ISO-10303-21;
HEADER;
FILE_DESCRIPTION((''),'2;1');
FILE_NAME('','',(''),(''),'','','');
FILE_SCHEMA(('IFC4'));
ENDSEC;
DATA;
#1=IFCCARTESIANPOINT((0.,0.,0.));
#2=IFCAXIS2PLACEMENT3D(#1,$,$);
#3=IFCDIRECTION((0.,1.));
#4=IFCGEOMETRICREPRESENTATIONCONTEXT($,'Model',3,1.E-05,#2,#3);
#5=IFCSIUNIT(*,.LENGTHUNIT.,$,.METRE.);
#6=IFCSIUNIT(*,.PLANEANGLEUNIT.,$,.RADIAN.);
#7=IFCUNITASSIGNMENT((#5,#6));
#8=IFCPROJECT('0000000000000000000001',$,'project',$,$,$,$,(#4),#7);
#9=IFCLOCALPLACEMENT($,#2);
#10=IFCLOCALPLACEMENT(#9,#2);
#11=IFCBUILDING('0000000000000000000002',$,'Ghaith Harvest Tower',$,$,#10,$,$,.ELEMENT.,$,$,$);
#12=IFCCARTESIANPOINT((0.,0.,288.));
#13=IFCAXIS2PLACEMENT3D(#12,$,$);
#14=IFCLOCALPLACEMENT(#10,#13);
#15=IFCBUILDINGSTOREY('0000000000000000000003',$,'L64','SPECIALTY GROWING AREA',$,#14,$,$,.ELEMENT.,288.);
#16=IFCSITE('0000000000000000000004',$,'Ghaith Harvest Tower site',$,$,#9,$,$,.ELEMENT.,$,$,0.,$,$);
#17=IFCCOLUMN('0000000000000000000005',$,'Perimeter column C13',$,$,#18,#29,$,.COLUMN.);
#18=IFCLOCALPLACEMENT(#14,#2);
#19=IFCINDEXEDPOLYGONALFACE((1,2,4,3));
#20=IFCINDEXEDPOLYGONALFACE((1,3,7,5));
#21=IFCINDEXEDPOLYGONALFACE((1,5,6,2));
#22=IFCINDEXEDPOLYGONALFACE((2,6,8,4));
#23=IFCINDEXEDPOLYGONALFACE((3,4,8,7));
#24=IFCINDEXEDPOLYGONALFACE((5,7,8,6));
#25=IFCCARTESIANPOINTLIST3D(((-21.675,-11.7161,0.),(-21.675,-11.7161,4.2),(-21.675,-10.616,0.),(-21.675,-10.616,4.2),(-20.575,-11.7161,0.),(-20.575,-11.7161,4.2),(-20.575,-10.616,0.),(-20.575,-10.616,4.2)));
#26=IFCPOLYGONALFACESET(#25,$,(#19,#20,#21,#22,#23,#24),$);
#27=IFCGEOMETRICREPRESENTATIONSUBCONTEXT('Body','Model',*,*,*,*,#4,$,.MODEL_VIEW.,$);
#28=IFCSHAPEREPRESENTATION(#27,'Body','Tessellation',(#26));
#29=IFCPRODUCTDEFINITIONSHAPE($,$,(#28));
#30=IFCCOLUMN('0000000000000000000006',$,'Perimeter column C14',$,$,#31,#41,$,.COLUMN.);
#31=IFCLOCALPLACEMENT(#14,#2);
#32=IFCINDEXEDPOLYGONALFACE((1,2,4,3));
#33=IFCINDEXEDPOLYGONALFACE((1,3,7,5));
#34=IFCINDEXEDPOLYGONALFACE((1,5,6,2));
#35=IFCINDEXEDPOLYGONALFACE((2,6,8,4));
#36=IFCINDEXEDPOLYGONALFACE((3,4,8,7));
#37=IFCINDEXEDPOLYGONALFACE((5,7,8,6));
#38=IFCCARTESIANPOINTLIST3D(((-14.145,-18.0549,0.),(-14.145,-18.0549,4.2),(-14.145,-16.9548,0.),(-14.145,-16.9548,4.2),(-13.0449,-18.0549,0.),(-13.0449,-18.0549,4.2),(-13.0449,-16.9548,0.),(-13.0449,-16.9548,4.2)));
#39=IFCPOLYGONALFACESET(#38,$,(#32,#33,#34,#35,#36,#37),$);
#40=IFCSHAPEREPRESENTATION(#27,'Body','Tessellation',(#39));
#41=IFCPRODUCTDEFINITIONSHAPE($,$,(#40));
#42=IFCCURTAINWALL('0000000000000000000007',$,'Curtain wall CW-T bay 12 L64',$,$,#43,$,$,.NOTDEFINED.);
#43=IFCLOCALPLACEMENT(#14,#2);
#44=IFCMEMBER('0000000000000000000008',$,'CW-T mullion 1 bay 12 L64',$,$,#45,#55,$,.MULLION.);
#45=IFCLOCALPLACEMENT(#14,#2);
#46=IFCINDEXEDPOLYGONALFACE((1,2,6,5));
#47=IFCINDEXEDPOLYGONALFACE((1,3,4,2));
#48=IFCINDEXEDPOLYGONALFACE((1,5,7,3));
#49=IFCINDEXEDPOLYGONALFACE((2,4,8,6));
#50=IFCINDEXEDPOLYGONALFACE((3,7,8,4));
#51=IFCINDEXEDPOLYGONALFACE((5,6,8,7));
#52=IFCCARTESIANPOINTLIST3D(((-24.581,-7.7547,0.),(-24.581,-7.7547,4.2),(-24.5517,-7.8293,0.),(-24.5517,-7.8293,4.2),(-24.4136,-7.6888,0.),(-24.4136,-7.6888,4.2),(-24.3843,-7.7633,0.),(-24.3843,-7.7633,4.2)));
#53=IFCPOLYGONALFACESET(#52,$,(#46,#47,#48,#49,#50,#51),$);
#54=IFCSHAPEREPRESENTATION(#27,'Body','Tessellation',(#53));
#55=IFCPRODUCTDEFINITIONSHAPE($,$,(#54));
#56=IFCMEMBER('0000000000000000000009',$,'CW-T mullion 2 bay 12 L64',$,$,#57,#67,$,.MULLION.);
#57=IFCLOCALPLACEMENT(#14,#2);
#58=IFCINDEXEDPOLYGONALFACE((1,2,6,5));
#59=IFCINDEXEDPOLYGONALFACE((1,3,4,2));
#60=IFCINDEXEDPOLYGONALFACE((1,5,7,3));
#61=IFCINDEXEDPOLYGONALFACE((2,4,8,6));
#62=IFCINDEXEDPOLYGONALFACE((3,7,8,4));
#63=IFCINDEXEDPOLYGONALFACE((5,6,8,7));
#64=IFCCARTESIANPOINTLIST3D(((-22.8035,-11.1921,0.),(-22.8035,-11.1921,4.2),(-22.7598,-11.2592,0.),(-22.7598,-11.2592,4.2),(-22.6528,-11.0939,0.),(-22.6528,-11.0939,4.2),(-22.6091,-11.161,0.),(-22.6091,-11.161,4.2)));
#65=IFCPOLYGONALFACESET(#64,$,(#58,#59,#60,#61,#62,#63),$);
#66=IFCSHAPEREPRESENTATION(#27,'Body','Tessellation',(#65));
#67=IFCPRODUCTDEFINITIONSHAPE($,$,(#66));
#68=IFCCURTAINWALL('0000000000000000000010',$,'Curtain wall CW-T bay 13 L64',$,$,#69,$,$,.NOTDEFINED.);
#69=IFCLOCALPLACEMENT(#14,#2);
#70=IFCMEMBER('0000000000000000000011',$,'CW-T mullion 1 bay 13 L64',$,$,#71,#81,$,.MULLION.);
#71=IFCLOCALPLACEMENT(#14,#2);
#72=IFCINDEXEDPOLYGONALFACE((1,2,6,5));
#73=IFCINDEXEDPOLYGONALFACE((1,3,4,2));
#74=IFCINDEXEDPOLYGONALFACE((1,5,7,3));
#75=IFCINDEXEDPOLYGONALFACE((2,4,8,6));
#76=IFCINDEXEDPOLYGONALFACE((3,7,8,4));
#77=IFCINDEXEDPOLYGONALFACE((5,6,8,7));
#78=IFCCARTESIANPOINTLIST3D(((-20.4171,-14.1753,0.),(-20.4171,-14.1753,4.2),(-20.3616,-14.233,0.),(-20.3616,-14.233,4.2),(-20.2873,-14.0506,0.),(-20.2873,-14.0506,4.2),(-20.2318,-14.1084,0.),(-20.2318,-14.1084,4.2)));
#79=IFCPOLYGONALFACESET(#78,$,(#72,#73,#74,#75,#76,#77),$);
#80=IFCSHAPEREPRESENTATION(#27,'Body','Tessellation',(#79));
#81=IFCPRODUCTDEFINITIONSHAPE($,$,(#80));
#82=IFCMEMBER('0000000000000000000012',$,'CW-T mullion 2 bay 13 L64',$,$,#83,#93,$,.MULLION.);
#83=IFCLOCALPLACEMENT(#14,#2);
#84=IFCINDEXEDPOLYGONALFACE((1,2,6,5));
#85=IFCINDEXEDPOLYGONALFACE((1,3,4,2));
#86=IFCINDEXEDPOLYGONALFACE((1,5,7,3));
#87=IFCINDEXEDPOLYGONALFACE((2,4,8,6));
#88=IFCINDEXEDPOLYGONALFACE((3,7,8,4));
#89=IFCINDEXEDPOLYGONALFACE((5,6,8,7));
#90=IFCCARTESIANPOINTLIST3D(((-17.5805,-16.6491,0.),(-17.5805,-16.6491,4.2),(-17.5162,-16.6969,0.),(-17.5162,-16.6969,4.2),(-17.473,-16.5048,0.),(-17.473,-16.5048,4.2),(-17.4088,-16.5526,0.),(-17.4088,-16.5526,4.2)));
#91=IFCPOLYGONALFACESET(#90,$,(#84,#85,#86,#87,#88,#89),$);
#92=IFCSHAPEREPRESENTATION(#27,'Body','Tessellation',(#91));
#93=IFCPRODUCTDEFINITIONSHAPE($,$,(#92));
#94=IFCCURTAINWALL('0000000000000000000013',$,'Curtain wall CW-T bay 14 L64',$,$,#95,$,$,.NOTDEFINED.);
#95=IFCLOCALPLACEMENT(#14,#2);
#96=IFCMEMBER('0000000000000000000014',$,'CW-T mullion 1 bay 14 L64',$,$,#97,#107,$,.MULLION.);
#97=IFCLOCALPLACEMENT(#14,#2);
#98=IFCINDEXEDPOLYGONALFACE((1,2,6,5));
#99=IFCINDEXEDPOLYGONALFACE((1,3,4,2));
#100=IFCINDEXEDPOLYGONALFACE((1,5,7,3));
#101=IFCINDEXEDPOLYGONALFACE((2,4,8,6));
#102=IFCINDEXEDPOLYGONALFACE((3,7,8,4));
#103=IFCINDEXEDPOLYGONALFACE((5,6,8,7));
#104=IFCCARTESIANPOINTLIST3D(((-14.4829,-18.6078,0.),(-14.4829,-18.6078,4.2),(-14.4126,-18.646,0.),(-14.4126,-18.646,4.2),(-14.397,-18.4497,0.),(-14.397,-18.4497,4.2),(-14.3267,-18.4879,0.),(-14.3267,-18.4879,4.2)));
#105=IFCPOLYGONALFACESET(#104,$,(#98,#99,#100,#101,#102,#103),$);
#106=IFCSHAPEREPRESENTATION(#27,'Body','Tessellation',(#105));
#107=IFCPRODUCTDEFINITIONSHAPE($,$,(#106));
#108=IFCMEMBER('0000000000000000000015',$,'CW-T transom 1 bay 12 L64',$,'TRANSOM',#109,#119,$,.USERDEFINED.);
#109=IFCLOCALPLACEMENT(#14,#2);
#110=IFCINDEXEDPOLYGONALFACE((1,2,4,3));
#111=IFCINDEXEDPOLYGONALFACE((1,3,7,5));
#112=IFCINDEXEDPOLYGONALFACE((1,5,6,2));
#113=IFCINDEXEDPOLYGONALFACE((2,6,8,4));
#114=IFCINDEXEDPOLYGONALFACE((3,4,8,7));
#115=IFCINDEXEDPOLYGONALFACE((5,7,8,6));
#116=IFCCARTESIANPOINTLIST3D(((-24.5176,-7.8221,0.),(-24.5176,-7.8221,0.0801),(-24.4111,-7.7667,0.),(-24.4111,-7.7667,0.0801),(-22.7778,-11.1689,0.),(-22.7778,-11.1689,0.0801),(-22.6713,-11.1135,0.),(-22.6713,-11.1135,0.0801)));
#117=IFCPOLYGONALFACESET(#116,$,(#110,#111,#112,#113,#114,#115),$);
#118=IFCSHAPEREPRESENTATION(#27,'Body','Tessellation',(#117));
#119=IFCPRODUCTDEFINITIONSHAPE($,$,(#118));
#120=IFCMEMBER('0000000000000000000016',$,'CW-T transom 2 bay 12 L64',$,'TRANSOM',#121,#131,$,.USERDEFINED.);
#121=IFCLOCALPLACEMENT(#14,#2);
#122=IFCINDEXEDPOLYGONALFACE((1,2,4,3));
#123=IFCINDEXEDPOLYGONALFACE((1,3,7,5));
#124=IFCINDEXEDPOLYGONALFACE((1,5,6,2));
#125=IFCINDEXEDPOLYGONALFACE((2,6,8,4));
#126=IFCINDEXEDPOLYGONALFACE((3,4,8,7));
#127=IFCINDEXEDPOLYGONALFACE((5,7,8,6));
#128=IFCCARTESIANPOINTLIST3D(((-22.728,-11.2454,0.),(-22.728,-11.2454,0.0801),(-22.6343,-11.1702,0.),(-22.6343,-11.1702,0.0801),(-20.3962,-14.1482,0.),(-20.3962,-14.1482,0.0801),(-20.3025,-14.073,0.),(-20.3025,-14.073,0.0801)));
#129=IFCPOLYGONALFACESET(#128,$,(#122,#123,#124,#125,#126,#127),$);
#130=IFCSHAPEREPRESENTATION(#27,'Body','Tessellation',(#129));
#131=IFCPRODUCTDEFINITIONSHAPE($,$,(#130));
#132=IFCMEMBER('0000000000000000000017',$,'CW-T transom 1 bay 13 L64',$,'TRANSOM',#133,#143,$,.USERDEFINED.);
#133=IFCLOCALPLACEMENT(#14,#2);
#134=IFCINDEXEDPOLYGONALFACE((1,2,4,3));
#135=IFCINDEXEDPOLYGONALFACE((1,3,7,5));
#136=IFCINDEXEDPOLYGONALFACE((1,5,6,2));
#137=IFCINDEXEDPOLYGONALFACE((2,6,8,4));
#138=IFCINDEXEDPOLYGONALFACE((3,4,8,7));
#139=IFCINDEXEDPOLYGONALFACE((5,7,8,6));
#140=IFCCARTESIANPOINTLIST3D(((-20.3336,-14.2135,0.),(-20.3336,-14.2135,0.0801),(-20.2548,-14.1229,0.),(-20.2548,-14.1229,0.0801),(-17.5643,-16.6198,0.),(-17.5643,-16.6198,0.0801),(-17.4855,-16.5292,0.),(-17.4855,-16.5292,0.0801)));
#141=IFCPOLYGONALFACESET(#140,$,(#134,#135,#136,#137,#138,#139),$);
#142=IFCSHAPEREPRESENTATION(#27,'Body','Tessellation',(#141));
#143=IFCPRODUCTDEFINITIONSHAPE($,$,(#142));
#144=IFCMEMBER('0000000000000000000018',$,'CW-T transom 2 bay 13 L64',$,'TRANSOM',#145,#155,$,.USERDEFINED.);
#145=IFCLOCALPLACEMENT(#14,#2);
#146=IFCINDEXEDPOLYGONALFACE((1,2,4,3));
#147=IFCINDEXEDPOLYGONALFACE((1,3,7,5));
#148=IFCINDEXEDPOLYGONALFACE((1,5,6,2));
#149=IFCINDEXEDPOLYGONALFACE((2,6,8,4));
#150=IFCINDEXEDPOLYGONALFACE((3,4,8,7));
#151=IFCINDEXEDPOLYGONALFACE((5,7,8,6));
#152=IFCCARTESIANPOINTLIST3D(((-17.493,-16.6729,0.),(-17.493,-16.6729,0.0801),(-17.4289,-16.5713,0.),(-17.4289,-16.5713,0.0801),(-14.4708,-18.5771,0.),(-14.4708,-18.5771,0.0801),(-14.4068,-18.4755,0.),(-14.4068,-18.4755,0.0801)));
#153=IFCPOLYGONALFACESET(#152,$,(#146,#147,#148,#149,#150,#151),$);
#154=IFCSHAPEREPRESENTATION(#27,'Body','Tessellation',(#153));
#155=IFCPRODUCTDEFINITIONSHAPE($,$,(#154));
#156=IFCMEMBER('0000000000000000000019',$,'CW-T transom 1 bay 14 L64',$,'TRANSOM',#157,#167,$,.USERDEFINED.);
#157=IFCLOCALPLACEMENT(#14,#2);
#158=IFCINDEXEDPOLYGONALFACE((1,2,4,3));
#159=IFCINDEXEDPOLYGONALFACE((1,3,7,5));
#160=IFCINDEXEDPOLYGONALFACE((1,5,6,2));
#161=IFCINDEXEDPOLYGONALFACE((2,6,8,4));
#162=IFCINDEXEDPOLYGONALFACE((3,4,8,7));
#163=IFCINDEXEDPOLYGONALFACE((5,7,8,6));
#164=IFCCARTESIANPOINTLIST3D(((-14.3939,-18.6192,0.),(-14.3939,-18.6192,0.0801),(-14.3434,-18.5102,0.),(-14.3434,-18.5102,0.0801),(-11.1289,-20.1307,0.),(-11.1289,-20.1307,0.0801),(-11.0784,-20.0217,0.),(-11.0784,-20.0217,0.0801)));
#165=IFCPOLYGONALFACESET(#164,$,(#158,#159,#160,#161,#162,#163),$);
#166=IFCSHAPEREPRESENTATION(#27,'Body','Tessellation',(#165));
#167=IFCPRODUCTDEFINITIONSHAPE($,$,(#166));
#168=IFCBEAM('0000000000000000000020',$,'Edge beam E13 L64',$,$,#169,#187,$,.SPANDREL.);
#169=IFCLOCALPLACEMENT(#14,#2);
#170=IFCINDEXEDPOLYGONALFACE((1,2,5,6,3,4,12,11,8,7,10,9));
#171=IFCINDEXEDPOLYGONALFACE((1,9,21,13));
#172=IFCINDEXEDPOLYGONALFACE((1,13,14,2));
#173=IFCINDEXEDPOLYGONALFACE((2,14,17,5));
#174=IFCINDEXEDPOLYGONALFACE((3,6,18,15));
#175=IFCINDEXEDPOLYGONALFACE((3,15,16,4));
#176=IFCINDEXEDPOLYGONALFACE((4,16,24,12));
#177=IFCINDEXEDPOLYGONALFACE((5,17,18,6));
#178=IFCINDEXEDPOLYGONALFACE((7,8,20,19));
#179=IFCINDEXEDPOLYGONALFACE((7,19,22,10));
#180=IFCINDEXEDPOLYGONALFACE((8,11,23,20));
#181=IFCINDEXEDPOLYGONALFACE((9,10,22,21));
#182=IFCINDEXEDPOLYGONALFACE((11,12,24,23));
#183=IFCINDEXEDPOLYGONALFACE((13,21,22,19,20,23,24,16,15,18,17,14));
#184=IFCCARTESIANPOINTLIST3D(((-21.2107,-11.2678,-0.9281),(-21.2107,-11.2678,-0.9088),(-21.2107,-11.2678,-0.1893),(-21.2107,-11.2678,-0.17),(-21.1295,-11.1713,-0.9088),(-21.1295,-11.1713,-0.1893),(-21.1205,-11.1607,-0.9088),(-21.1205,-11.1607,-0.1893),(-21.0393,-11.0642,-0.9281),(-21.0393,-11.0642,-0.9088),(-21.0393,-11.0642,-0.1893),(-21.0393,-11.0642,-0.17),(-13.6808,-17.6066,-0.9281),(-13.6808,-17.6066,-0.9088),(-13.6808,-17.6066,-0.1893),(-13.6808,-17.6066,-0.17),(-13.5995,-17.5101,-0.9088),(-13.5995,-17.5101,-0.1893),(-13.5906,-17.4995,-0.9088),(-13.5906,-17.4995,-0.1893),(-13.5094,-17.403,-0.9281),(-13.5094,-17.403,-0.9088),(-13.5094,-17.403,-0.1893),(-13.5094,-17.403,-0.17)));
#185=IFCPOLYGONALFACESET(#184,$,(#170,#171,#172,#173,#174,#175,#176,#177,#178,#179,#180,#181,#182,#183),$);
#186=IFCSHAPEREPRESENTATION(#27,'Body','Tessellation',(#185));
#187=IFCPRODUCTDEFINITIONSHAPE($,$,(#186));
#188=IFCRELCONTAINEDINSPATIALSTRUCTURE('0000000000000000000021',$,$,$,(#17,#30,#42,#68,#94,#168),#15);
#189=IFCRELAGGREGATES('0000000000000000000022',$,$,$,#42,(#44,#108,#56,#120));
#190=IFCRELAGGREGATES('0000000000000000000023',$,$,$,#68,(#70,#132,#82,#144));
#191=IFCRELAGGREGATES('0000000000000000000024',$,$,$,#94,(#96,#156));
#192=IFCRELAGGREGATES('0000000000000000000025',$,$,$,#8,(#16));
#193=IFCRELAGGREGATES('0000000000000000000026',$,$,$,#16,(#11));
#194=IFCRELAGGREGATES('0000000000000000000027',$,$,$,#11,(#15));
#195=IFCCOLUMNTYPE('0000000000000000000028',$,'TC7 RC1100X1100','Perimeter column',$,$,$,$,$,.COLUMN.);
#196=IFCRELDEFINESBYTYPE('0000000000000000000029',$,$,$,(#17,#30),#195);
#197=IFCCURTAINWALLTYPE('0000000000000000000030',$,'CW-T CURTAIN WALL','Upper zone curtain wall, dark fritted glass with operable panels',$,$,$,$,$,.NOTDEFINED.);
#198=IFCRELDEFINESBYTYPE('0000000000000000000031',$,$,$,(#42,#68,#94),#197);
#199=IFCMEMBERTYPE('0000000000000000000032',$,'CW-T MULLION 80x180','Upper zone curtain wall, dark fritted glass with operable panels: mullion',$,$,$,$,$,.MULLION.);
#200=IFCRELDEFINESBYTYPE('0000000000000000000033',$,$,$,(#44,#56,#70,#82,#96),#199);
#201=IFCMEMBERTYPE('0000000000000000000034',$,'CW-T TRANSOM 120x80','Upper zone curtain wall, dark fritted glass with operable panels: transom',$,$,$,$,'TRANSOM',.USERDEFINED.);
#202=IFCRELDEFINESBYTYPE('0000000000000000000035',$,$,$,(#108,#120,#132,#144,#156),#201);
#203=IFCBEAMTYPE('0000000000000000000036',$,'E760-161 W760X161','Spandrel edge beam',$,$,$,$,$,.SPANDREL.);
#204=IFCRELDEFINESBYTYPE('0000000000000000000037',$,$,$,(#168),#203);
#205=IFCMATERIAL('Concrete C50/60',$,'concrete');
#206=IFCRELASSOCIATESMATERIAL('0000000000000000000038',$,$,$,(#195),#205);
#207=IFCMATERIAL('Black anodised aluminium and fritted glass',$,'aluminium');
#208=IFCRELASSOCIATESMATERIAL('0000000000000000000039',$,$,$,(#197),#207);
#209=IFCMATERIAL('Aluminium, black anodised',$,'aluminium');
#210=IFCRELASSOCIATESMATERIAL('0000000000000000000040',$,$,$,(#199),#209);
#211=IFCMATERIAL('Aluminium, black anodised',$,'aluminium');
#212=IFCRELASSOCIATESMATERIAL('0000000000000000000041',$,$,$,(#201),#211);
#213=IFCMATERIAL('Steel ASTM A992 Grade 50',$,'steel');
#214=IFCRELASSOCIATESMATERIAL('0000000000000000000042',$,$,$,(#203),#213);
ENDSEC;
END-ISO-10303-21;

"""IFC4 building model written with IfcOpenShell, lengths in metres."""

from ifc_helpers import new_model, si_unit, direction, frame, origin, origin_2d, place, context, subcontext, project, spatial, rectangle, i_section, extrude, material, material_profile, profile_set, type_object, element, aggregate, save


model = new_model("IFC4")

# Units and contexts
model_context = context("Model", 3, precision=1e-05, world=origin(), true_north=direction((0.0, 1.0)))
body_context = subcontext(model_context, "Body", "Model", "MODEL_VIEW")
ifc_project = project(units=[si_unit("LENGTHUNIT", "METRE"), si_unit("PLANEANGLEUNIT", "RADIAN")], contexts=[model_context])

# Site, building, storey
site_placement = place(None, origin())
site = spatial("IfcSite", under=ifc_project, at=site_placement, Name="Ghaith Harvest Tower site", CompositionType="ELEMENT", RefElevation=0.0)
building_placement = place(site_placement, origin())
building = spatial("IfcBuilding", under=site, at=building_placement, Name="Ghaith Harvest Tower", CompositionType="ELEMENT")
storey_placement = place(building_placement, frame((0.0, 0.0, 288.0)))
storey = spatial("IfcBuildingStorey", under=building, at=storey_placement, Name="L64", Description="SPECIALTY GROWING AREA", CompositionType="ELEMENT", Elevation=288.0)

# Columns
ifc_material_1 = material(Name="Concrete C50/60", Category="concrete")
ifc_material_profile_1 = material_profile(ifc_material_1, rectangle(XDim=1.1001, YDim=1.1001, at=origin_2d()), Name="RC1100X1100")
ifc_profile_set_1 = profile_set([ifc_material_profile_1], Name="Concrete C50/60")
column_type = type_object("IfcColumnType", Name="TC7 RC1100X1100", Description="Perimeter column", PredefinedType="COLUMN", material=ifc_profile_set_1)
for number, where, z_axis, x_axis, name in (
    (1, (-21.125, -11.166, 0.0), (0.0, 0.0, 1.0), (1.0, 0.0, 0.0), "Perimeter column C13"),
    (2, (-13.595, -17.5049, 0.0), (0.0, 0.0, 1.0), (1.0, 0.0, 0.0), "Perimeter column C14"),
):
    element("IfcColumn", number, at=place(storey_placement, frame(where, z_axis=z_axis, x_axis=x_axis)), inside=storey, type_object=column_type, Name=name, PredefinedType="COLUMN", context=body_context, shape_type="SweptSolid", body=[
        extrude(rectangle(XDim=1.1001, YDim=1.1001, at=origin_2d()), origin(), (0.0, 0.0, 1.0), 4.2),
    ])

# Curtain walls, members
ifc_material_2 = material(Name="Black anodised aluminium and fritted glass", Category="aluminium")
curtain_wall_type = type_object("IfcCurtainWallType", Name="CW-T CURTAIN WALL", Description="Upper zone curtain wall, dark fritted glass with operable panels", PredefinedType="NOTDEFINED", material=ifc_material_2)
curtain_wall_1_placement = place(storey_placement, origin())
curtain_wall_1 = element("IfcCurtainWall", 3, at=curtain_wall_1_placement, inside=storey, type_object=curtain_wall_type, Name="Curtain wall CW-T bay 12 L64", PredefinedType="NOTDEFINED")
ifc_material_3 = material(Name="Aluminium, black anodised", Category="aluminium")
ifc_material_profile_2 = material_profile(ifc_material_3, rectangle(XDim=0.0801, YDim=0.1799, at=origin_2d()), Name="CW-T MULLION 80x180")
ifc_profile_set_2 = profile_set([ifc_material_profile_2], Name="Aluminium, black anodised")
member_type_1 = type_object("IfcMemberType", Name="CW-T MULLION 80x180", Description="Upper zone curtain wall, dark fritted glass with operable panels: mullion", PredefinedType="MULLION", material=ifc_profile_set_2)
member_1_placement = place(storey_placement, frame((-24.4827, -7.759, 0.0), z_axis=(0.0, 0.0, 1.0), x_axis=(0.366473, -0.930429, 0.0)))
member_1 = element("IfcMember", 4, at=member_1_placement, type_object=member_type_1, Name="CW-T mullion 1 bay 12 L64", PredefinedType="MULLION", context=body_context, shape_type="SweptSolid", body=[
    extrude(rectangle(XDim=0.0801, YDim=0.1799, at=origin_2d()), origin(), (0.0, 0.0, 1.0), 4.2),
])
member_2_placement = place(storey_placement, frame((-22.7063, -11.1765, 0.0), z_axis=(0.0, 0.0, 1.0), x_axis=(0.545865, -0.837873, 0.0)))
member_2 = element("IfcMember", 5, at=member_2_placement, type_object=member_type_1, Name="CW-T mullion 2 bay 12 L64", PredefinedType="MULLION", context=body_context, shape_type="SweptSolid", body=[
    extrude(rectangle(XDim=0.0801, YDim=0.1799, at=origin_2d()), origin(), (0.0, 0.0, 1.0), 4.2),
])
curtain_wall_2_placement = place(storey_placement, origin())
curtain_wall_2 = element("IfcCurtainWall", 6, at=curtain_wall_2_placement, inside=storey, type_object=curtain_wall_type, Name="Curtain wall CW-T bay 13 L64", PredefinedType="NOTDEFINED")
member_3_placement = place(storey_placement, frame((-20.3245, -14.1418, 0.0), z_axis=(0.0, 0.0, 1.0), x_axis=(0.692826, -0.721104, 0.0)))
member_3 = element("IfcMember", 7, at=member_3_placement, type_object=member_type_1, Name="CW-T mullion 1 bay 13 L64", PredefinedType="MULLION", context=body_context, shape_type="SweptSolid", body=[
    extrude(rectangle(XDim=0.0801, YDim=0.1799, at=origin_2d()), origin(), (0.0, 0.0, 1.0), 4.2),
])
member_4_placement = place(storey_placement, frame((-17.4946, -16.6008, 0.0), z_axis=(0.0, 0.0, 1.0), x_axis=(0.80219, -0.597069, 0.0)))
member_4 = element("IfcMember", 8, at=member_4_placement, type_object=member_type_1, Name="CW-T mullion 2 bay 13 L64", PredefinedType="MULLION", context=body_context, shape_type="SweptSolid", body=[
    extrude(rectangle(XDim=0.0801, YDim=0.1799, at=origin_2d()), origin(), (0.0, 0.0, 1.0), 4.2),
])

# Curtain wall, member
curtain_wall_3_placement = place(storey_placement, origin())
curtain_wall_3 = element("IfcCurtainWall", 9, at=curtain_wall_3_placement, inside=storey, type_object=curtain_wall_type, Name="Curtain wall CW-T bay 14 L64", PredefinedType="NOTDEFINED")
member_5_placement = place(storey_placement, frame((-14.4048, -18.5479, 0.0), z_axis=(0.0, 0.0, 1.0), x_axis=(0.878672, -0.477426, 0.0)))
member_5 = element("IfcMember", 10, at=member_5_placement, type_object=member_type_1, Name="CW-T mullion 1 bay 14 L64", PredefinedType="MULLION", context=body_context, shape_type="SweptSolid", body=[
    extrude(rectangle(XDim=0.0801, YDim=0.1799, at=origin_2d()), origin(), (0.0, 0.0, 1.0), 4.2),
])

# Members
ifc_material_4 = material(Name="Aluminium, black anodised", Category="aluminium")
ifc_material_profile_3 = material_profile(ifc_material_4, rectangle(XDim=0.1201, YDim=0.0801, at=origin_2d()), Name="CW-T TRANSOM 120x80")
ifc_profile_set_3 = profile_set([ifc_material_profile_3], Name="Aluminium, black anodised")
member_type_2 = type_object("IfcMemberType", Name="CW-T TRANSOM 120x80", Description="Upper zone curtain wall, dark fritted glass with operable panels: transom", ElementType="TRANSOM", PredefinedType="USERDEFINED", material=ifc_profile_set_3)
member_6_placement = place(storey_placement, frame((-24.4644, -7.7944, 0.04), z_axis=(0.461243, -0.887274, 0.0), x_axis=(0.887274, 0.461243, 0.0)))
member_6 = element("IfcMember", 11, at=member_6_placement, type_object=member_type_2, Name="CW-T transom 1 bay 12 L64", ObjectType="TRANSOM", PredefinedType="USERDEFINED", context=body_context, shape_type="SweptSolid", body=[
    extrude(rectangle(XDim=0.1201, YDim=0.0801, at=origin_2d()), origin(), (0.0, 0.0, 1.0), 3.772),
])
member_7_placement = place(storey_placement, frame((-22.6812, -11.2078, 0.04), z_axis=(0.626253, -0.77962, 0.0), x_axis=(0.77962, 0.626253, 0.0)))
member_7 = element("IfcMember", 12, at=member_7_placement, type_object=member_type_2, Name="CW-T transom 2 bay 12 L64", ObjectType="TRANSOM", PredefinedType="USERDEFINED", context=body_context, shape_type="SweptSolid", body=[
    extrude(rectangle(XDim=0.1201, YDim=0.0801, at=origin_2d()), origin(), (0.0, 0.0, 1.0), 3.7234),
])
member_8_placement = place(storey_placement, frame((-20.2942, -14.1682, 0.04), z_axis=(0.754852, -0.655895, 0.0), x_axis=(0.655895, 0.754852, 0.0)))
member_8 = element("IfcMember", 13, at=member_8_placement, type_object=member_type_2, Name="CW-T transom 1 bay 13 L64", ObjectType="TRANSOM", PredefinedType="USERDEFINED", context=body_context, shape_type="SweptSolid", body=[
    extrude(rectangle(XDim=0.1201, YDim=0.0801, at=origin_2d()), origin(), (0.0, 0.0, 1.0), 3.6687),
])
member_9_placement = place(storey_placement, frame((-17.4609, -16.6221, 0.04), z_axis=(0.846054, -0.533098, 0.0), x_axis=(0.533098, 0.846054, 0.0)))
member_9 = element("IfcMember", 14, at=member_9_placement, type_object=member_type_2, Name="CW-T transom 2 bay 13 L64", ObjectType="TRANSOM", PredefinedType="USERDEFINED", context=body_context, shape_type="SweptSolid", body=[
    extrude(rectangle(XDim=0.1201, YDim=0.0801, at=origin_2d()), origin(), (0.0, 0.0, 1.0), 3.572),
])
member_10_placement = place(storey_placement, frame((-14.3687, -18.5647, 0.04), z_axis=(0.907472, -0.420112, 0.0), x_axis=(0.420112, 0.907472, 0.0)))
member_10 = element("IfcMember", 15, at=member_10_placement, type_object=member_type_2, Name="CW-T transom 1 bay 14 L64", ObjectType="TRANSOM", PredefinedType="USERDEFINED", context=body_context, shape_type="SweptSolid", body=[
    extrude(rectangle(XDim=0.1201, YDim=0.0801, at=origin_2d()), origin(), (0.0, 0.0, 1.0), 3.5979),
])

# Beam
ifc_material_5 = material(Name="Steel ASTM A992 Grade 50", Category="steel")
ifc_material_profile_4 = material_profile(ifc_material_5, i_section(OverallWidth=0.2661, OverallDepth=0.7581, WebThickness=0.0139, FlangeThickness=0.0193, at=origin_2d()), Name="W760X161")
ifc_profile_set_4 = profile_set([ifc_material_profile_4], Name="Steel ASTM A992 Grade 50")
beam_type = type_object("IfcBeamType", Name="E760-161 W760X161", Description="Spandrel edge beam", PredefinedType="SPANDREL", material=ifc_profile_set_4)
beam_1_placement = place(storey_placement, frame((-21.125, -11.166, -0.5491), z_axis=(0.765022, -0.644004, 0.0), x_axis=(0.644004, 0.765022, 0.0)))
element("IfcBeam", 16, at=beam_1_placement, inside=storey, type_object=beam_type, Name="Edge beam E13 L64", PredefinedType="SPANDREL", context=body_context, shape_type="SweptSolid", body=[
    extrude(i_section(OverallWidth=0.2661, OverallDepth=0.7581, WebThickness=0.0139, FlangeThickness=0.0193, at=origin_2d()), origin(), (0.0, 0.0, 1.0), 9.8428),
])

aggregate(curtain_wall_1, [member_1, member_6, member_2, member_7])
aggregate(curtain_wall_2, [member_3, member_8, member_4, member_9])
aggregate(curtain_wall_3, [member_5, member_10])

save(model, "model.ifc")
